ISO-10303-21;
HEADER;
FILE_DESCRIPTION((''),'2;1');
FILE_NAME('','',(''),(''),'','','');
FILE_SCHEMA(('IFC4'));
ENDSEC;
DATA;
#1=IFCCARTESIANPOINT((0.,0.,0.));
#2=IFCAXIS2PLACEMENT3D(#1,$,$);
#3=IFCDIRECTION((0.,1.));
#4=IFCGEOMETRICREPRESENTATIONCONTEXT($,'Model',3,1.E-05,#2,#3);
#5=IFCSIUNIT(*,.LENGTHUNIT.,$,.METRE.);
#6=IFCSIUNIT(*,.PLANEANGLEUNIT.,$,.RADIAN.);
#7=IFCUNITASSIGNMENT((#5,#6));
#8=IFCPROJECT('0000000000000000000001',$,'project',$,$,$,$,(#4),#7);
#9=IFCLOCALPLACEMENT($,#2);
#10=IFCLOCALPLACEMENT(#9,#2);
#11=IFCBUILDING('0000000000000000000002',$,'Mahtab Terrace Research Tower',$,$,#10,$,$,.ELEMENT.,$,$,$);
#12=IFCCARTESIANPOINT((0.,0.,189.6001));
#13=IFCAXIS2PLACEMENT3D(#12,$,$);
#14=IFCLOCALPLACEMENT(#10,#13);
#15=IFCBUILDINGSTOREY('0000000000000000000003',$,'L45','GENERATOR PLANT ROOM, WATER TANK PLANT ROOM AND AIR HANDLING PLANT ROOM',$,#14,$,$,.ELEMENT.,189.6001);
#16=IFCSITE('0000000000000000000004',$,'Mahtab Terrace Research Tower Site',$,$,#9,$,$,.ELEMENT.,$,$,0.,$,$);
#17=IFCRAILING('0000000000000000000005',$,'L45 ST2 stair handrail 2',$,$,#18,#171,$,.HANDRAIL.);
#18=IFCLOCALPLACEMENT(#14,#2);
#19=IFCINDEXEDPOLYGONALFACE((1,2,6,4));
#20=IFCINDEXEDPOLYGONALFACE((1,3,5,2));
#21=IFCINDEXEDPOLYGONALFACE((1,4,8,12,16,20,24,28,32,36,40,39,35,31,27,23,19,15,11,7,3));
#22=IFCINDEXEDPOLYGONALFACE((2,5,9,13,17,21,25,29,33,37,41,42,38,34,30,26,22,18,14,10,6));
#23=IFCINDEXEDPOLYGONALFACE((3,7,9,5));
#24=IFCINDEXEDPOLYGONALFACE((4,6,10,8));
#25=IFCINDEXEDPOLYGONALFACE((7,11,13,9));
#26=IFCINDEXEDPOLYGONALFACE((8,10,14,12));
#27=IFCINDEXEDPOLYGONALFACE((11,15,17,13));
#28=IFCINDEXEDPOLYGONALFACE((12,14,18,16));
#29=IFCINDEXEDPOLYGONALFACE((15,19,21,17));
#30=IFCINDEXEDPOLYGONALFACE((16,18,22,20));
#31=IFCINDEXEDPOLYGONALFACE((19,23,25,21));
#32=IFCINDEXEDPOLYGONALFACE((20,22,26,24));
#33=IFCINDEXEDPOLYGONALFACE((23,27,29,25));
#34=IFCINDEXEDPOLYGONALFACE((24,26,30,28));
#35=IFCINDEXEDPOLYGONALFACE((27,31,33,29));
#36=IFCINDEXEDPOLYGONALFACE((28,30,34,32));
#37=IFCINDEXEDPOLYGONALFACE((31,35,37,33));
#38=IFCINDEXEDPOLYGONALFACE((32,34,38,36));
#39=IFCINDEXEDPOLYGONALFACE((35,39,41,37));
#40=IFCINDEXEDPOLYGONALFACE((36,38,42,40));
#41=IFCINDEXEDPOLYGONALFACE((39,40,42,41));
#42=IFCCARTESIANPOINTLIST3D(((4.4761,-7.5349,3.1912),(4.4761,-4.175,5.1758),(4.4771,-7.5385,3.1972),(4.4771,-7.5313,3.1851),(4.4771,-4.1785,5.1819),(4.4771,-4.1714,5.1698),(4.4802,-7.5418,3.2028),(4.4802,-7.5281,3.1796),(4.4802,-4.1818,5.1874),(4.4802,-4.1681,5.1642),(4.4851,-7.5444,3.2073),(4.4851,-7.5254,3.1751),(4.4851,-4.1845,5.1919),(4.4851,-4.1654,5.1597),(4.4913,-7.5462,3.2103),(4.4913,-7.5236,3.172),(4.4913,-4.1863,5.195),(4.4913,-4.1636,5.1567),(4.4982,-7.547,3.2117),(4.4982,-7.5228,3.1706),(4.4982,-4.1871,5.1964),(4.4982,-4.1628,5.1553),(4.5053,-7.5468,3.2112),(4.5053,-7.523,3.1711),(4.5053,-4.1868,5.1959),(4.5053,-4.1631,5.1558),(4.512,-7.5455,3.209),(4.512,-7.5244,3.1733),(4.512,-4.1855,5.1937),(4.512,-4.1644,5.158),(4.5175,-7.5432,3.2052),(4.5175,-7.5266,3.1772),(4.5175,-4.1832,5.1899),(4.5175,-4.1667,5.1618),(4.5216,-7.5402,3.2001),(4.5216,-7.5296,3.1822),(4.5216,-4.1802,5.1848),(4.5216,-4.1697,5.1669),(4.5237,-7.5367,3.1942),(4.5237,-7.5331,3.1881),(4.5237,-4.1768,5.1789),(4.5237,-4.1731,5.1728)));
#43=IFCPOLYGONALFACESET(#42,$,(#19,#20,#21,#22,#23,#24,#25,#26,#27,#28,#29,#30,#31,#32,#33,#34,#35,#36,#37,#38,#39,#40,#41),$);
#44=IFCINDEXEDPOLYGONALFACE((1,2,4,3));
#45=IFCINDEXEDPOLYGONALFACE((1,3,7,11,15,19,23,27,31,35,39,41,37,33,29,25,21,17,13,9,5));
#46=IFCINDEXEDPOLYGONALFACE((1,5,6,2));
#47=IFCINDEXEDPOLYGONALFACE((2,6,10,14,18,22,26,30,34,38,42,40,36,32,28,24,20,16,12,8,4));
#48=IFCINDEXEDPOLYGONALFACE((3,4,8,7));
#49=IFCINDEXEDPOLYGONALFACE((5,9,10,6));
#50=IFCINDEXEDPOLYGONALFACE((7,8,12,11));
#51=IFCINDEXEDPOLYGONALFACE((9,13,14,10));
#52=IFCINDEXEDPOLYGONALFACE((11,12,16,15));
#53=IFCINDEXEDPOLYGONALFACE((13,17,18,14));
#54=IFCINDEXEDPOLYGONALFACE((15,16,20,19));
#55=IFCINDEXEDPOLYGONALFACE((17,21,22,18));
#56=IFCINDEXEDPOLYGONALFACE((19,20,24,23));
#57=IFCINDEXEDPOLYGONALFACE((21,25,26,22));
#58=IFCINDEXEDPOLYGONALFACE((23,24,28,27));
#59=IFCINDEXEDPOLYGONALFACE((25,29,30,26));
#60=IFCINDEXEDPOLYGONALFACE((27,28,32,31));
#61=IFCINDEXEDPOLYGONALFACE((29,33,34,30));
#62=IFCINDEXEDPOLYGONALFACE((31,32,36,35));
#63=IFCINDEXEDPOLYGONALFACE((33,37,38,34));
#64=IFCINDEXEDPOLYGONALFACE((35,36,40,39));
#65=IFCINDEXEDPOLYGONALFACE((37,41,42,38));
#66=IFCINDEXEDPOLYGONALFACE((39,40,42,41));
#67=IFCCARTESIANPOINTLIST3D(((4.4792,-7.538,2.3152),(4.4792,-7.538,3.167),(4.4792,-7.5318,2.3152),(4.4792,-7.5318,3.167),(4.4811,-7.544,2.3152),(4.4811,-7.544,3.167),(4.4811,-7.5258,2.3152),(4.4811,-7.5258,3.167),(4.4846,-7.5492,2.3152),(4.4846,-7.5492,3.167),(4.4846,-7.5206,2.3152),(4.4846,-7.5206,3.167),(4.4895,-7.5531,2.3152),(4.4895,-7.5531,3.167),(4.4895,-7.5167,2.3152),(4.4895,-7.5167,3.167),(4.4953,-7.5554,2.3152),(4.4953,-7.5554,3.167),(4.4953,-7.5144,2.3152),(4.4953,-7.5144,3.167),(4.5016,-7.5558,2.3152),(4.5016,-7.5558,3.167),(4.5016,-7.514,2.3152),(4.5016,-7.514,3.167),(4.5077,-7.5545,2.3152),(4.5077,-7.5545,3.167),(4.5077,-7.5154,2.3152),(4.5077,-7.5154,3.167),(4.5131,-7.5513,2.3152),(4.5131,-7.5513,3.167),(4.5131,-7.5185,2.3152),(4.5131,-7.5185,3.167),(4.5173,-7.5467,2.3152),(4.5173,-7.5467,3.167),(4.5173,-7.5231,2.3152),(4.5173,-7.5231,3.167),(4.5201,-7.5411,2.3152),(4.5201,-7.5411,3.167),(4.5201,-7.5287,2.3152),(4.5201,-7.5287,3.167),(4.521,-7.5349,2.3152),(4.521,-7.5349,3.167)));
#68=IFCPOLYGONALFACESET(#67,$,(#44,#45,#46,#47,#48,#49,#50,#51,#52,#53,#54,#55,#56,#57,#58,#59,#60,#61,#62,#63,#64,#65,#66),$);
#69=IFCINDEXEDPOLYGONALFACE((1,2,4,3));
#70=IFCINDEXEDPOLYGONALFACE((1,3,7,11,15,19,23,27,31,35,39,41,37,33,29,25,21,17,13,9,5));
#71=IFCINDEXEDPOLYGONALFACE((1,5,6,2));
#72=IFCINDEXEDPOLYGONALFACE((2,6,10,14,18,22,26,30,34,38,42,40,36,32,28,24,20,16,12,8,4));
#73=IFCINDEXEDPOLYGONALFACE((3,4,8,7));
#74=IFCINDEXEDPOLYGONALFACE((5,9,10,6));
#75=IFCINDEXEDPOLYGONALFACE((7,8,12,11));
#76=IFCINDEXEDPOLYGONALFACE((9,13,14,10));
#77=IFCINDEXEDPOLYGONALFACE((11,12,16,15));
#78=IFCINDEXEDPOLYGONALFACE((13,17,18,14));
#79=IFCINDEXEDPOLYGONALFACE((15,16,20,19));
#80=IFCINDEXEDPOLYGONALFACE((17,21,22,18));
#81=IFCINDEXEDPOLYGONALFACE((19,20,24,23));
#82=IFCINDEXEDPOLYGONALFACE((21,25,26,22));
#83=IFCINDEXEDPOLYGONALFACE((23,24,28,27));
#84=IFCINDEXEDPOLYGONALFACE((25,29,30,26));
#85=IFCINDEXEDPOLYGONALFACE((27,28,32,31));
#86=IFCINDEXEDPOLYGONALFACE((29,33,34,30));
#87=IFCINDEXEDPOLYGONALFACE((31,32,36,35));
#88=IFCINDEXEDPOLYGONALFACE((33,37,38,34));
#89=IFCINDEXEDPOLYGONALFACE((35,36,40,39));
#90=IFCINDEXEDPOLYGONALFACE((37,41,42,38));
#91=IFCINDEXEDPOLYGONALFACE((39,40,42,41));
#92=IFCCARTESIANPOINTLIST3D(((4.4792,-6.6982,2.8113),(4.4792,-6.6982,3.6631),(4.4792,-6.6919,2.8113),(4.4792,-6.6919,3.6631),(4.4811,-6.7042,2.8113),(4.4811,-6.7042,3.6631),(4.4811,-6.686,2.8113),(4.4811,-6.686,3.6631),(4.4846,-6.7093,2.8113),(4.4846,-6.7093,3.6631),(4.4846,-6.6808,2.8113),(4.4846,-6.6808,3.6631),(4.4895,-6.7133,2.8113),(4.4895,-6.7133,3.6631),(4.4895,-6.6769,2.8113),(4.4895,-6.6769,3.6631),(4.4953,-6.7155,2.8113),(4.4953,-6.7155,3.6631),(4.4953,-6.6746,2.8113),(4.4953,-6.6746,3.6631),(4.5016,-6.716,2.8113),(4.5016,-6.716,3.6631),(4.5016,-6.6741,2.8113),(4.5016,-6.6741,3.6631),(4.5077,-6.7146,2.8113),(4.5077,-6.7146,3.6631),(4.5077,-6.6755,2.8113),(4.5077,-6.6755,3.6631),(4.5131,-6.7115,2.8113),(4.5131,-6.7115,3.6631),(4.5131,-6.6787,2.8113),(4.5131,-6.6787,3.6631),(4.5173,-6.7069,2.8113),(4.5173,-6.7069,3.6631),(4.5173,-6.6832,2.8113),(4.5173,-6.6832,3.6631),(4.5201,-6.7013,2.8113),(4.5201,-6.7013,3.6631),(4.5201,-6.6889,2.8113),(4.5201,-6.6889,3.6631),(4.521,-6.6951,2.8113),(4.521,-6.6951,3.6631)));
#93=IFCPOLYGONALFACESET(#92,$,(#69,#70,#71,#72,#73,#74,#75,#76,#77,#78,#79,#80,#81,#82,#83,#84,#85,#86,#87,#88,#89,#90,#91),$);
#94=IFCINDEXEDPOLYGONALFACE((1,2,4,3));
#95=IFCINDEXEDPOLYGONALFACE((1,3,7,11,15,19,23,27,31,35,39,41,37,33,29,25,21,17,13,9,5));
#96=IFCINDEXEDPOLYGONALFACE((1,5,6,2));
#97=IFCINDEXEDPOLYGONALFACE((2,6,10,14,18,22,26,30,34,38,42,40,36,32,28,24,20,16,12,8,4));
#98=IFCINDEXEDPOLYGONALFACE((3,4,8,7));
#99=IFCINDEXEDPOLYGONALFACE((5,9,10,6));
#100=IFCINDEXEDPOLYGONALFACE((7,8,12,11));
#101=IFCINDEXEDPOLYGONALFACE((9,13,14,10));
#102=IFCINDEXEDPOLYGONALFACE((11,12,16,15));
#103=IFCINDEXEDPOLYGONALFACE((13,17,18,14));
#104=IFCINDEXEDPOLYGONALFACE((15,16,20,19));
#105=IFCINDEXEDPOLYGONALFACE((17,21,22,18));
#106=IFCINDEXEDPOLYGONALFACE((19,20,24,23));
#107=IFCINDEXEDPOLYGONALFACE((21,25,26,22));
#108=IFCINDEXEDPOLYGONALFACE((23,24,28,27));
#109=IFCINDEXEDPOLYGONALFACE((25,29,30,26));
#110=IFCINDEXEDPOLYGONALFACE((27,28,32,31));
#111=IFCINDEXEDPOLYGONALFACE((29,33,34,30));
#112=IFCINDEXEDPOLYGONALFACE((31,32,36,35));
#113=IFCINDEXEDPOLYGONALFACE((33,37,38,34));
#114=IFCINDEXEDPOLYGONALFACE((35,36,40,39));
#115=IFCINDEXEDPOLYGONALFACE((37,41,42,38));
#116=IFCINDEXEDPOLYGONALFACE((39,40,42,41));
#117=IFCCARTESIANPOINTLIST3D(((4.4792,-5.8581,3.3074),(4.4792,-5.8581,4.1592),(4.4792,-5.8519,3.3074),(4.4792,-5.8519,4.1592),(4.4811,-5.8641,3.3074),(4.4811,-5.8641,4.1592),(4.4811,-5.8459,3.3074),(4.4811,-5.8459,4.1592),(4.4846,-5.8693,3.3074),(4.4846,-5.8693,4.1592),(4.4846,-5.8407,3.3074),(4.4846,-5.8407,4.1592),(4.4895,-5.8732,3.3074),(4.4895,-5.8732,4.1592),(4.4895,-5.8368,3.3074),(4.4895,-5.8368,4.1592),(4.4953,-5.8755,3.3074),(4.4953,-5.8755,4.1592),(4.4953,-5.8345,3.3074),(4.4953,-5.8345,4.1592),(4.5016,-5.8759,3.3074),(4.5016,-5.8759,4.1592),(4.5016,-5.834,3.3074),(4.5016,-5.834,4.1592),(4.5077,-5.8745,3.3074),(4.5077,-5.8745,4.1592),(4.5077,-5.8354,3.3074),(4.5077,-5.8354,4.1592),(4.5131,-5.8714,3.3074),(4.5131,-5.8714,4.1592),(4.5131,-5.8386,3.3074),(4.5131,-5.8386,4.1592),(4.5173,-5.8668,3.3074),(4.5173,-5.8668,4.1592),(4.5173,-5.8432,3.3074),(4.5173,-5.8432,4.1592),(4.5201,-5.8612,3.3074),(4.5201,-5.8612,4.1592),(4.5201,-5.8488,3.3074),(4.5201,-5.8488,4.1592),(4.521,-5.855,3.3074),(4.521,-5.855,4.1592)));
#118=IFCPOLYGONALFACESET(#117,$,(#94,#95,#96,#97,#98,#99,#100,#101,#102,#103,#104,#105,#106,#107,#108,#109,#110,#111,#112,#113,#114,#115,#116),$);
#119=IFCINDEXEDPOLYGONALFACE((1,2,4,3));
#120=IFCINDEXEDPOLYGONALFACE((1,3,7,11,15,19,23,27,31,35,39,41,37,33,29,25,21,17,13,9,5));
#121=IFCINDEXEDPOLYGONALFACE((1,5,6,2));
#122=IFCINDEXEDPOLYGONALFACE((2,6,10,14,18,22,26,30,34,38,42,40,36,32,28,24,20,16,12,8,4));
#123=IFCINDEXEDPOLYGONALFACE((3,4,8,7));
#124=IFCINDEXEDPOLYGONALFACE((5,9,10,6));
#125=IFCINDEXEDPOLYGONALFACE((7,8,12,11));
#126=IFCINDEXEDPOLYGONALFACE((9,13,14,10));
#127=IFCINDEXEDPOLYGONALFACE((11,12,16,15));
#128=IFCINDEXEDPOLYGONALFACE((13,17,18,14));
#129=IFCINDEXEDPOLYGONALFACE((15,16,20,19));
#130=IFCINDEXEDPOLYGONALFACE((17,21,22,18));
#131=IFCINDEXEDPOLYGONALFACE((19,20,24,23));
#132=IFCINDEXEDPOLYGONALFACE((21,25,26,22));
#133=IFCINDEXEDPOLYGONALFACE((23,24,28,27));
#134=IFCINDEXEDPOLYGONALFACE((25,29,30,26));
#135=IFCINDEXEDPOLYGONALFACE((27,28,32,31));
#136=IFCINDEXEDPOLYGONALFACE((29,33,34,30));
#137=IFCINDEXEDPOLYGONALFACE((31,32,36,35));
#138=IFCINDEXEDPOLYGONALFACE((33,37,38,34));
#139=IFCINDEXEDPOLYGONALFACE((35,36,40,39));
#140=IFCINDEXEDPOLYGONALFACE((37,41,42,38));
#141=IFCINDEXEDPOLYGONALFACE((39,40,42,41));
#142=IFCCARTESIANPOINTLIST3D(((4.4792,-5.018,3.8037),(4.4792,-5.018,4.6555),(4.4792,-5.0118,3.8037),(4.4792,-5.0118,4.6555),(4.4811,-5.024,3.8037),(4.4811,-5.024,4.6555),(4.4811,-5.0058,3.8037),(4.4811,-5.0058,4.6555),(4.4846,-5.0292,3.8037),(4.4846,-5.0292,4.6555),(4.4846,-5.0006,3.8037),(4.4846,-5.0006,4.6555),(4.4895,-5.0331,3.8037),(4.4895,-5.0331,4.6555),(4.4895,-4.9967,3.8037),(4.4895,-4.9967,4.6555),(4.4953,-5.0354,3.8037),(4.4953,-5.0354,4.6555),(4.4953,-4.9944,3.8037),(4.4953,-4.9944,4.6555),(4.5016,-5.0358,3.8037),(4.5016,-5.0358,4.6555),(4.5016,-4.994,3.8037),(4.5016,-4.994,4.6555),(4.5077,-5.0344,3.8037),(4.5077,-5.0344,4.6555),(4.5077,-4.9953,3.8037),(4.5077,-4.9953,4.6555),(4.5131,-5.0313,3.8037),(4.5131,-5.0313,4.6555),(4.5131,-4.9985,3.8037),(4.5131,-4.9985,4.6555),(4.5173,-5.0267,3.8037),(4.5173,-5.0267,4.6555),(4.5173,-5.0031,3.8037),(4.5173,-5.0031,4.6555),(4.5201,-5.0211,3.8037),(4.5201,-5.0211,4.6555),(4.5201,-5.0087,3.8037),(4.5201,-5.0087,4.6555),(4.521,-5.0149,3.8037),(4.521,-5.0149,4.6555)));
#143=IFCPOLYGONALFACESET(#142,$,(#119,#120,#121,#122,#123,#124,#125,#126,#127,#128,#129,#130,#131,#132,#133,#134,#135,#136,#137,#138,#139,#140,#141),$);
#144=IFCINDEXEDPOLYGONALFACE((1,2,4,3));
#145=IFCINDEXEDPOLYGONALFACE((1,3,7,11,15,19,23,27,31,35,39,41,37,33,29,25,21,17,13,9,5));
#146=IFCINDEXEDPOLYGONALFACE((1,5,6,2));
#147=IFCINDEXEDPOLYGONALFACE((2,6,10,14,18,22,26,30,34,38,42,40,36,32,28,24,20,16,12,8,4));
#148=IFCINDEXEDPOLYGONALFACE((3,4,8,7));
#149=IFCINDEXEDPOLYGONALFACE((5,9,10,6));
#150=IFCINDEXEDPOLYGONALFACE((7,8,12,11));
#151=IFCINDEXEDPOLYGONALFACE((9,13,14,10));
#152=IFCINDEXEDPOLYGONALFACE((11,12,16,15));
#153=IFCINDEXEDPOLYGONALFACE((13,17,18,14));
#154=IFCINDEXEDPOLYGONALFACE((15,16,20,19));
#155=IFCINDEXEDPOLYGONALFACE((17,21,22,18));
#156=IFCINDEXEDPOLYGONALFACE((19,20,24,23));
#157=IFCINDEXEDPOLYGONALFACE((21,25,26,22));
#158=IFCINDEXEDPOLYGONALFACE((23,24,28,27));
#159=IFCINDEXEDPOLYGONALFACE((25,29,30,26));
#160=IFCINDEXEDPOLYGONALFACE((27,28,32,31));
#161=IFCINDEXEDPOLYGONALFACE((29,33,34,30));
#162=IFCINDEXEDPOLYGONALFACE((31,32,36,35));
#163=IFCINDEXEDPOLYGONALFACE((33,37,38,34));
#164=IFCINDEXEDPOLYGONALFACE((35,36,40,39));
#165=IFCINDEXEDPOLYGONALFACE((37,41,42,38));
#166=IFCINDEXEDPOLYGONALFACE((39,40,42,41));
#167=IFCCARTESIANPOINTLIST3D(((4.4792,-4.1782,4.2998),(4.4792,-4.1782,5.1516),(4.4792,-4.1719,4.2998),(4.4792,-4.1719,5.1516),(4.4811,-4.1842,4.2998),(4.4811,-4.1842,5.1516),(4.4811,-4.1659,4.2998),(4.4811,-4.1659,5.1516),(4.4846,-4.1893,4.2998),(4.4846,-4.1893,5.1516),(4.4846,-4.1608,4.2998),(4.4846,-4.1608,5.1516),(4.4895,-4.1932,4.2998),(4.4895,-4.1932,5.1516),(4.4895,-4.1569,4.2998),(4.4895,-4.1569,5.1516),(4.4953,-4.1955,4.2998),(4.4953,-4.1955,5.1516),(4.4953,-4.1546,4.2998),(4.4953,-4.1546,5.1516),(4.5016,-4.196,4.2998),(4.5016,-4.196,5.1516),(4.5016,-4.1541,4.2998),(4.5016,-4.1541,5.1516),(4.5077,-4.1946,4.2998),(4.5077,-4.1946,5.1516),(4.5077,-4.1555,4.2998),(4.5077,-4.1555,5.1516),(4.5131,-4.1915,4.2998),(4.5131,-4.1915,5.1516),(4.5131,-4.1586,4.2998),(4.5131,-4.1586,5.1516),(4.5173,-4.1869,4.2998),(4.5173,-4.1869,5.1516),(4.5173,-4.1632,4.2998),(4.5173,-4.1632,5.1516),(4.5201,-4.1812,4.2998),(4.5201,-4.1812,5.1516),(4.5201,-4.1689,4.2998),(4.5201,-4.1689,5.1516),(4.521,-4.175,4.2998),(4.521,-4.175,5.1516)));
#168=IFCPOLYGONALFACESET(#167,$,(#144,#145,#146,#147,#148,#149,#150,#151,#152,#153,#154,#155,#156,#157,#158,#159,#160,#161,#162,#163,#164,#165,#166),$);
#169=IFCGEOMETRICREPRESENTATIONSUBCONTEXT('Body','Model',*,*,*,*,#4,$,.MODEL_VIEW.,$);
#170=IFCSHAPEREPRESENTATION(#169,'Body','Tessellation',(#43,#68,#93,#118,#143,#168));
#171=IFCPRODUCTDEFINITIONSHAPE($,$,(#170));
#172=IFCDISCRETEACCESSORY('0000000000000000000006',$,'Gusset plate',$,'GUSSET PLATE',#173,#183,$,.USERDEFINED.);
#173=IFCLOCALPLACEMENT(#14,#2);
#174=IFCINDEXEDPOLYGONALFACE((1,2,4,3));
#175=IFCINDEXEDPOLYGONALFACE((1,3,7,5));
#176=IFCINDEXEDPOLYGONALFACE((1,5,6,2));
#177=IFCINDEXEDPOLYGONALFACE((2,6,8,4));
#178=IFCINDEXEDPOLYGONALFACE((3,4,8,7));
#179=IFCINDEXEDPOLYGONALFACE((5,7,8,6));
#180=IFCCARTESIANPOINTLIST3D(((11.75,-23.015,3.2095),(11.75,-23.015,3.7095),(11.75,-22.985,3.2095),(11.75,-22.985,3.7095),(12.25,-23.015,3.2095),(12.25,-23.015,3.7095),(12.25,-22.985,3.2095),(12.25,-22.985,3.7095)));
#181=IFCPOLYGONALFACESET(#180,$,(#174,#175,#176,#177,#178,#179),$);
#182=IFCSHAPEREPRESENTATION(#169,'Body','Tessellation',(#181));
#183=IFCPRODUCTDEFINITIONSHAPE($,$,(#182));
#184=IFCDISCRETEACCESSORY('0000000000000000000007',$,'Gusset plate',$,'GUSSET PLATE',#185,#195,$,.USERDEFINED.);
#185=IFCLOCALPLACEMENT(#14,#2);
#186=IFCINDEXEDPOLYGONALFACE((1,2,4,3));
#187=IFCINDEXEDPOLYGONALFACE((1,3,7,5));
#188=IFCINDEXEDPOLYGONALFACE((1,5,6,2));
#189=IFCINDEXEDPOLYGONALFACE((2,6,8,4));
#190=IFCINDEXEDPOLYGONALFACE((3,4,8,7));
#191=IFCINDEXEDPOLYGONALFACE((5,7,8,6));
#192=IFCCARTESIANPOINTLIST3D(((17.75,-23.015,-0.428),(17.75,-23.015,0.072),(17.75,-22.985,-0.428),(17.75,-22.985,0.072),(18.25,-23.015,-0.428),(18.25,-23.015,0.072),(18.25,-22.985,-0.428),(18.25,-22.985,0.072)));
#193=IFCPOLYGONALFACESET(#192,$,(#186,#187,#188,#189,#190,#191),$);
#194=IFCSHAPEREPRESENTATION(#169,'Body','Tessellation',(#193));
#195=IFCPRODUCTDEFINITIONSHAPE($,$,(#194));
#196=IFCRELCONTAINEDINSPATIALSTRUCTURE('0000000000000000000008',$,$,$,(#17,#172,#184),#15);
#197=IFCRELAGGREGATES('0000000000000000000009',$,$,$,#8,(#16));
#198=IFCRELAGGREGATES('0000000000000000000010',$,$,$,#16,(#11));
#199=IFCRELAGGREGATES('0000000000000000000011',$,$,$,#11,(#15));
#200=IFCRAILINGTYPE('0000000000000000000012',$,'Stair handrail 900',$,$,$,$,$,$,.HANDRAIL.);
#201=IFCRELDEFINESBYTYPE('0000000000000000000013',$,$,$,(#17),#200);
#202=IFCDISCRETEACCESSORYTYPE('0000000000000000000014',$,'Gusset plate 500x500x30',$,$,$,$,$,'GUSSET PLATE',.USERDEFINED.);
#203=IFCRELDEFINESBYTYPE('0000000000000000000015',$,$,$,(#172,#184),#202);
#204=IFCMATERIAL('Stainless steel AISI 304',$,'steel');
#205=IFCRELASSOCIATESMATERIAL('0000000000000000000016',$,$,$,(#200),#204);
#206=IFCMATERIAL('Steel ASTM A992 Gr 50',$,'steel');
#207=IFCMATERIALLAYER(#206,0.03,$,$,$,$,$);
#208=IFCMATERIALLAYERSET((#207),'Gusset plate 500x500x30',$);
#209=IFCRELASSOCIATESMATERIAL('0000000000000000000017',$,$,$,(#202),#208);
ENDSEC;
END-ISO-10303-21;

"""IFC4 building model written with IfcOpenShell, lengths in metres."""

from ifc_helpers import new_model, si_unit, direction, frame, origin, origin_2d, place, context, subcontext, project, spatial, rectangle, circle, extrude, material, layer, layer_set, type_object, element, save


model = new_model("IFC4")

# Units and contexts
model_context = context("Model", 3, precision=1e-05, world=origin(), true_north=direction((0.0, 1.0)))
body_context = subcontext(model_context, "Body", "Model", "MODEL_VIEW")
ifc_project = project(units=[si_unit("LENGTHUNIT", "METRE"), si_unit("PLANEANGLEUNIT", "RADIAN")], contexts=[model_context])

# Site, building, storey
site_placement = place(None, origin())
site = spatial("IfcSite", under=ifc_project, at=site_placement, Name="Mahtab Terrace Research Tower Site", CompositionType="ELEMENT", RefElevation=0.0)
building_placement = place(site_placement, origin())
building = spatial("IfcBuilding", under=site, at=building_placement, Name="Mahtab Terrace Research Tower", CompositionType="ELEMENT")
storey_placement = place(building_placement, frame((0.0, 0.0, 189.6001)))
storey = spatial("IfcBuildingStorey", under=building, at=storey_placement, Name="L45", Description="GENERATOR PLANT ROOM, WATER TANK PLANT ROOM AND AIR HANDLING PLANT ROOM", CompositionType="ELEMENT", Elevation=189.6001)

# Shared definitions
ifc_material_1 = material(Name="Steel ASTM A992 Gr 50", Category="steel")

# Railing
ifc_material_2 = material(Name="Stainless steel AISI 304", Category="steel")
railing_type_1 = type_object("IfcRailingType", Name="Stair handrail 900", PredefinedType="HANDRAIL", material=ifc_material_2)
railing_1_placement = place(storey_placement, frame((4.5, -7.5349, 2.3152)))
element("IfcRailing", 1, at=railing_1_placement, inside=storey, type_object=railing_type_1, Name="L45 ST2 stair handrail 2", PredefinedType="HANDRAIL", context=body_context, shape_type="SweptSolid", body=[
    extrude(circle(Radius=0.0239, at=origin_2d()), frame((0.0, 0.0, 0.876), z_axis=(0.0, 0.861011, 0.508586), x_axis=(-1.0, 0.0, 0.0)), (0.0, 0.0, 1.0), 3.9023),
    extrude(circle(Radius=0.021, at=origin_2d()), origin(), (0.0, 0.0, 1.0), 0.8518),
    extrude(circle(Radius=0.021, at=origin_2d()), frame((0.0, 0.8398, 0.4961)), (0.0, 0.0, 1.0), 0.8518),
    extrude(circle(Radius=0.021, at=origin_2d()), frame((0.0, 1.6799, 0.9922)), (0.0, 0.0, 1.0), 0.8518),
    extrude(circle(Radius=0.021, at=origin_2d()), frame((0.0, 2.52, 1.4885)), (0.0, 0.0, 1.0), 0.8518),
    extrude(circle(Radius=0.021, at=origin_2d()), frame((0.0, 3.3599, 1.9846)), (0.0, 0.0, 1.0), 0.8518),
])

# Discrete accessories
ifc_layer_1 = layer(ifc_material_1, 0.03)
ifc_layer_set_1 = layer_set([ifc_layer_1], Name="Gusset plate 500x500x30")
discrete_accessory_type = type_object("IfcDiscreteAccessoryType", Name="Gusset plate 500x500x30", ElementType="GUSSET PLATE", PredefinedType="USERDEFINED", material=ifc_layer_set_1)
for number, where, z_axis, x_axis, name in (
    (2, (12.0, -23.0, 3.2095), (0.0, 0.0, 1.0), (1.0, 0.0, 0.0), "Gusset plate"),
    (3, (18.0, -23.0, -0.428), (0.0, 0.0, 1.0), (1.0, 0.0, 0.0), "Gusset plate"),
):
    element("IfcDiscreteAccessory", number, at=place(storey_placement, frame(where, z_axis=z_axis, x_axis=x_axis)), inside=storey, type_object=discrete_accessory_type, Name=name, ObjectType="GUSSET PLATE", PredefinedType="USERDEFINED", context=body_context, shape_type="SweptSolid", body=[
        extrude(rectangle(XDim=0.5, YDim=0.03, at=origin_2d()), origin(), (0.0, 0.0, 1.0), 0.5),
    ])

save(model, "model.ifc")
